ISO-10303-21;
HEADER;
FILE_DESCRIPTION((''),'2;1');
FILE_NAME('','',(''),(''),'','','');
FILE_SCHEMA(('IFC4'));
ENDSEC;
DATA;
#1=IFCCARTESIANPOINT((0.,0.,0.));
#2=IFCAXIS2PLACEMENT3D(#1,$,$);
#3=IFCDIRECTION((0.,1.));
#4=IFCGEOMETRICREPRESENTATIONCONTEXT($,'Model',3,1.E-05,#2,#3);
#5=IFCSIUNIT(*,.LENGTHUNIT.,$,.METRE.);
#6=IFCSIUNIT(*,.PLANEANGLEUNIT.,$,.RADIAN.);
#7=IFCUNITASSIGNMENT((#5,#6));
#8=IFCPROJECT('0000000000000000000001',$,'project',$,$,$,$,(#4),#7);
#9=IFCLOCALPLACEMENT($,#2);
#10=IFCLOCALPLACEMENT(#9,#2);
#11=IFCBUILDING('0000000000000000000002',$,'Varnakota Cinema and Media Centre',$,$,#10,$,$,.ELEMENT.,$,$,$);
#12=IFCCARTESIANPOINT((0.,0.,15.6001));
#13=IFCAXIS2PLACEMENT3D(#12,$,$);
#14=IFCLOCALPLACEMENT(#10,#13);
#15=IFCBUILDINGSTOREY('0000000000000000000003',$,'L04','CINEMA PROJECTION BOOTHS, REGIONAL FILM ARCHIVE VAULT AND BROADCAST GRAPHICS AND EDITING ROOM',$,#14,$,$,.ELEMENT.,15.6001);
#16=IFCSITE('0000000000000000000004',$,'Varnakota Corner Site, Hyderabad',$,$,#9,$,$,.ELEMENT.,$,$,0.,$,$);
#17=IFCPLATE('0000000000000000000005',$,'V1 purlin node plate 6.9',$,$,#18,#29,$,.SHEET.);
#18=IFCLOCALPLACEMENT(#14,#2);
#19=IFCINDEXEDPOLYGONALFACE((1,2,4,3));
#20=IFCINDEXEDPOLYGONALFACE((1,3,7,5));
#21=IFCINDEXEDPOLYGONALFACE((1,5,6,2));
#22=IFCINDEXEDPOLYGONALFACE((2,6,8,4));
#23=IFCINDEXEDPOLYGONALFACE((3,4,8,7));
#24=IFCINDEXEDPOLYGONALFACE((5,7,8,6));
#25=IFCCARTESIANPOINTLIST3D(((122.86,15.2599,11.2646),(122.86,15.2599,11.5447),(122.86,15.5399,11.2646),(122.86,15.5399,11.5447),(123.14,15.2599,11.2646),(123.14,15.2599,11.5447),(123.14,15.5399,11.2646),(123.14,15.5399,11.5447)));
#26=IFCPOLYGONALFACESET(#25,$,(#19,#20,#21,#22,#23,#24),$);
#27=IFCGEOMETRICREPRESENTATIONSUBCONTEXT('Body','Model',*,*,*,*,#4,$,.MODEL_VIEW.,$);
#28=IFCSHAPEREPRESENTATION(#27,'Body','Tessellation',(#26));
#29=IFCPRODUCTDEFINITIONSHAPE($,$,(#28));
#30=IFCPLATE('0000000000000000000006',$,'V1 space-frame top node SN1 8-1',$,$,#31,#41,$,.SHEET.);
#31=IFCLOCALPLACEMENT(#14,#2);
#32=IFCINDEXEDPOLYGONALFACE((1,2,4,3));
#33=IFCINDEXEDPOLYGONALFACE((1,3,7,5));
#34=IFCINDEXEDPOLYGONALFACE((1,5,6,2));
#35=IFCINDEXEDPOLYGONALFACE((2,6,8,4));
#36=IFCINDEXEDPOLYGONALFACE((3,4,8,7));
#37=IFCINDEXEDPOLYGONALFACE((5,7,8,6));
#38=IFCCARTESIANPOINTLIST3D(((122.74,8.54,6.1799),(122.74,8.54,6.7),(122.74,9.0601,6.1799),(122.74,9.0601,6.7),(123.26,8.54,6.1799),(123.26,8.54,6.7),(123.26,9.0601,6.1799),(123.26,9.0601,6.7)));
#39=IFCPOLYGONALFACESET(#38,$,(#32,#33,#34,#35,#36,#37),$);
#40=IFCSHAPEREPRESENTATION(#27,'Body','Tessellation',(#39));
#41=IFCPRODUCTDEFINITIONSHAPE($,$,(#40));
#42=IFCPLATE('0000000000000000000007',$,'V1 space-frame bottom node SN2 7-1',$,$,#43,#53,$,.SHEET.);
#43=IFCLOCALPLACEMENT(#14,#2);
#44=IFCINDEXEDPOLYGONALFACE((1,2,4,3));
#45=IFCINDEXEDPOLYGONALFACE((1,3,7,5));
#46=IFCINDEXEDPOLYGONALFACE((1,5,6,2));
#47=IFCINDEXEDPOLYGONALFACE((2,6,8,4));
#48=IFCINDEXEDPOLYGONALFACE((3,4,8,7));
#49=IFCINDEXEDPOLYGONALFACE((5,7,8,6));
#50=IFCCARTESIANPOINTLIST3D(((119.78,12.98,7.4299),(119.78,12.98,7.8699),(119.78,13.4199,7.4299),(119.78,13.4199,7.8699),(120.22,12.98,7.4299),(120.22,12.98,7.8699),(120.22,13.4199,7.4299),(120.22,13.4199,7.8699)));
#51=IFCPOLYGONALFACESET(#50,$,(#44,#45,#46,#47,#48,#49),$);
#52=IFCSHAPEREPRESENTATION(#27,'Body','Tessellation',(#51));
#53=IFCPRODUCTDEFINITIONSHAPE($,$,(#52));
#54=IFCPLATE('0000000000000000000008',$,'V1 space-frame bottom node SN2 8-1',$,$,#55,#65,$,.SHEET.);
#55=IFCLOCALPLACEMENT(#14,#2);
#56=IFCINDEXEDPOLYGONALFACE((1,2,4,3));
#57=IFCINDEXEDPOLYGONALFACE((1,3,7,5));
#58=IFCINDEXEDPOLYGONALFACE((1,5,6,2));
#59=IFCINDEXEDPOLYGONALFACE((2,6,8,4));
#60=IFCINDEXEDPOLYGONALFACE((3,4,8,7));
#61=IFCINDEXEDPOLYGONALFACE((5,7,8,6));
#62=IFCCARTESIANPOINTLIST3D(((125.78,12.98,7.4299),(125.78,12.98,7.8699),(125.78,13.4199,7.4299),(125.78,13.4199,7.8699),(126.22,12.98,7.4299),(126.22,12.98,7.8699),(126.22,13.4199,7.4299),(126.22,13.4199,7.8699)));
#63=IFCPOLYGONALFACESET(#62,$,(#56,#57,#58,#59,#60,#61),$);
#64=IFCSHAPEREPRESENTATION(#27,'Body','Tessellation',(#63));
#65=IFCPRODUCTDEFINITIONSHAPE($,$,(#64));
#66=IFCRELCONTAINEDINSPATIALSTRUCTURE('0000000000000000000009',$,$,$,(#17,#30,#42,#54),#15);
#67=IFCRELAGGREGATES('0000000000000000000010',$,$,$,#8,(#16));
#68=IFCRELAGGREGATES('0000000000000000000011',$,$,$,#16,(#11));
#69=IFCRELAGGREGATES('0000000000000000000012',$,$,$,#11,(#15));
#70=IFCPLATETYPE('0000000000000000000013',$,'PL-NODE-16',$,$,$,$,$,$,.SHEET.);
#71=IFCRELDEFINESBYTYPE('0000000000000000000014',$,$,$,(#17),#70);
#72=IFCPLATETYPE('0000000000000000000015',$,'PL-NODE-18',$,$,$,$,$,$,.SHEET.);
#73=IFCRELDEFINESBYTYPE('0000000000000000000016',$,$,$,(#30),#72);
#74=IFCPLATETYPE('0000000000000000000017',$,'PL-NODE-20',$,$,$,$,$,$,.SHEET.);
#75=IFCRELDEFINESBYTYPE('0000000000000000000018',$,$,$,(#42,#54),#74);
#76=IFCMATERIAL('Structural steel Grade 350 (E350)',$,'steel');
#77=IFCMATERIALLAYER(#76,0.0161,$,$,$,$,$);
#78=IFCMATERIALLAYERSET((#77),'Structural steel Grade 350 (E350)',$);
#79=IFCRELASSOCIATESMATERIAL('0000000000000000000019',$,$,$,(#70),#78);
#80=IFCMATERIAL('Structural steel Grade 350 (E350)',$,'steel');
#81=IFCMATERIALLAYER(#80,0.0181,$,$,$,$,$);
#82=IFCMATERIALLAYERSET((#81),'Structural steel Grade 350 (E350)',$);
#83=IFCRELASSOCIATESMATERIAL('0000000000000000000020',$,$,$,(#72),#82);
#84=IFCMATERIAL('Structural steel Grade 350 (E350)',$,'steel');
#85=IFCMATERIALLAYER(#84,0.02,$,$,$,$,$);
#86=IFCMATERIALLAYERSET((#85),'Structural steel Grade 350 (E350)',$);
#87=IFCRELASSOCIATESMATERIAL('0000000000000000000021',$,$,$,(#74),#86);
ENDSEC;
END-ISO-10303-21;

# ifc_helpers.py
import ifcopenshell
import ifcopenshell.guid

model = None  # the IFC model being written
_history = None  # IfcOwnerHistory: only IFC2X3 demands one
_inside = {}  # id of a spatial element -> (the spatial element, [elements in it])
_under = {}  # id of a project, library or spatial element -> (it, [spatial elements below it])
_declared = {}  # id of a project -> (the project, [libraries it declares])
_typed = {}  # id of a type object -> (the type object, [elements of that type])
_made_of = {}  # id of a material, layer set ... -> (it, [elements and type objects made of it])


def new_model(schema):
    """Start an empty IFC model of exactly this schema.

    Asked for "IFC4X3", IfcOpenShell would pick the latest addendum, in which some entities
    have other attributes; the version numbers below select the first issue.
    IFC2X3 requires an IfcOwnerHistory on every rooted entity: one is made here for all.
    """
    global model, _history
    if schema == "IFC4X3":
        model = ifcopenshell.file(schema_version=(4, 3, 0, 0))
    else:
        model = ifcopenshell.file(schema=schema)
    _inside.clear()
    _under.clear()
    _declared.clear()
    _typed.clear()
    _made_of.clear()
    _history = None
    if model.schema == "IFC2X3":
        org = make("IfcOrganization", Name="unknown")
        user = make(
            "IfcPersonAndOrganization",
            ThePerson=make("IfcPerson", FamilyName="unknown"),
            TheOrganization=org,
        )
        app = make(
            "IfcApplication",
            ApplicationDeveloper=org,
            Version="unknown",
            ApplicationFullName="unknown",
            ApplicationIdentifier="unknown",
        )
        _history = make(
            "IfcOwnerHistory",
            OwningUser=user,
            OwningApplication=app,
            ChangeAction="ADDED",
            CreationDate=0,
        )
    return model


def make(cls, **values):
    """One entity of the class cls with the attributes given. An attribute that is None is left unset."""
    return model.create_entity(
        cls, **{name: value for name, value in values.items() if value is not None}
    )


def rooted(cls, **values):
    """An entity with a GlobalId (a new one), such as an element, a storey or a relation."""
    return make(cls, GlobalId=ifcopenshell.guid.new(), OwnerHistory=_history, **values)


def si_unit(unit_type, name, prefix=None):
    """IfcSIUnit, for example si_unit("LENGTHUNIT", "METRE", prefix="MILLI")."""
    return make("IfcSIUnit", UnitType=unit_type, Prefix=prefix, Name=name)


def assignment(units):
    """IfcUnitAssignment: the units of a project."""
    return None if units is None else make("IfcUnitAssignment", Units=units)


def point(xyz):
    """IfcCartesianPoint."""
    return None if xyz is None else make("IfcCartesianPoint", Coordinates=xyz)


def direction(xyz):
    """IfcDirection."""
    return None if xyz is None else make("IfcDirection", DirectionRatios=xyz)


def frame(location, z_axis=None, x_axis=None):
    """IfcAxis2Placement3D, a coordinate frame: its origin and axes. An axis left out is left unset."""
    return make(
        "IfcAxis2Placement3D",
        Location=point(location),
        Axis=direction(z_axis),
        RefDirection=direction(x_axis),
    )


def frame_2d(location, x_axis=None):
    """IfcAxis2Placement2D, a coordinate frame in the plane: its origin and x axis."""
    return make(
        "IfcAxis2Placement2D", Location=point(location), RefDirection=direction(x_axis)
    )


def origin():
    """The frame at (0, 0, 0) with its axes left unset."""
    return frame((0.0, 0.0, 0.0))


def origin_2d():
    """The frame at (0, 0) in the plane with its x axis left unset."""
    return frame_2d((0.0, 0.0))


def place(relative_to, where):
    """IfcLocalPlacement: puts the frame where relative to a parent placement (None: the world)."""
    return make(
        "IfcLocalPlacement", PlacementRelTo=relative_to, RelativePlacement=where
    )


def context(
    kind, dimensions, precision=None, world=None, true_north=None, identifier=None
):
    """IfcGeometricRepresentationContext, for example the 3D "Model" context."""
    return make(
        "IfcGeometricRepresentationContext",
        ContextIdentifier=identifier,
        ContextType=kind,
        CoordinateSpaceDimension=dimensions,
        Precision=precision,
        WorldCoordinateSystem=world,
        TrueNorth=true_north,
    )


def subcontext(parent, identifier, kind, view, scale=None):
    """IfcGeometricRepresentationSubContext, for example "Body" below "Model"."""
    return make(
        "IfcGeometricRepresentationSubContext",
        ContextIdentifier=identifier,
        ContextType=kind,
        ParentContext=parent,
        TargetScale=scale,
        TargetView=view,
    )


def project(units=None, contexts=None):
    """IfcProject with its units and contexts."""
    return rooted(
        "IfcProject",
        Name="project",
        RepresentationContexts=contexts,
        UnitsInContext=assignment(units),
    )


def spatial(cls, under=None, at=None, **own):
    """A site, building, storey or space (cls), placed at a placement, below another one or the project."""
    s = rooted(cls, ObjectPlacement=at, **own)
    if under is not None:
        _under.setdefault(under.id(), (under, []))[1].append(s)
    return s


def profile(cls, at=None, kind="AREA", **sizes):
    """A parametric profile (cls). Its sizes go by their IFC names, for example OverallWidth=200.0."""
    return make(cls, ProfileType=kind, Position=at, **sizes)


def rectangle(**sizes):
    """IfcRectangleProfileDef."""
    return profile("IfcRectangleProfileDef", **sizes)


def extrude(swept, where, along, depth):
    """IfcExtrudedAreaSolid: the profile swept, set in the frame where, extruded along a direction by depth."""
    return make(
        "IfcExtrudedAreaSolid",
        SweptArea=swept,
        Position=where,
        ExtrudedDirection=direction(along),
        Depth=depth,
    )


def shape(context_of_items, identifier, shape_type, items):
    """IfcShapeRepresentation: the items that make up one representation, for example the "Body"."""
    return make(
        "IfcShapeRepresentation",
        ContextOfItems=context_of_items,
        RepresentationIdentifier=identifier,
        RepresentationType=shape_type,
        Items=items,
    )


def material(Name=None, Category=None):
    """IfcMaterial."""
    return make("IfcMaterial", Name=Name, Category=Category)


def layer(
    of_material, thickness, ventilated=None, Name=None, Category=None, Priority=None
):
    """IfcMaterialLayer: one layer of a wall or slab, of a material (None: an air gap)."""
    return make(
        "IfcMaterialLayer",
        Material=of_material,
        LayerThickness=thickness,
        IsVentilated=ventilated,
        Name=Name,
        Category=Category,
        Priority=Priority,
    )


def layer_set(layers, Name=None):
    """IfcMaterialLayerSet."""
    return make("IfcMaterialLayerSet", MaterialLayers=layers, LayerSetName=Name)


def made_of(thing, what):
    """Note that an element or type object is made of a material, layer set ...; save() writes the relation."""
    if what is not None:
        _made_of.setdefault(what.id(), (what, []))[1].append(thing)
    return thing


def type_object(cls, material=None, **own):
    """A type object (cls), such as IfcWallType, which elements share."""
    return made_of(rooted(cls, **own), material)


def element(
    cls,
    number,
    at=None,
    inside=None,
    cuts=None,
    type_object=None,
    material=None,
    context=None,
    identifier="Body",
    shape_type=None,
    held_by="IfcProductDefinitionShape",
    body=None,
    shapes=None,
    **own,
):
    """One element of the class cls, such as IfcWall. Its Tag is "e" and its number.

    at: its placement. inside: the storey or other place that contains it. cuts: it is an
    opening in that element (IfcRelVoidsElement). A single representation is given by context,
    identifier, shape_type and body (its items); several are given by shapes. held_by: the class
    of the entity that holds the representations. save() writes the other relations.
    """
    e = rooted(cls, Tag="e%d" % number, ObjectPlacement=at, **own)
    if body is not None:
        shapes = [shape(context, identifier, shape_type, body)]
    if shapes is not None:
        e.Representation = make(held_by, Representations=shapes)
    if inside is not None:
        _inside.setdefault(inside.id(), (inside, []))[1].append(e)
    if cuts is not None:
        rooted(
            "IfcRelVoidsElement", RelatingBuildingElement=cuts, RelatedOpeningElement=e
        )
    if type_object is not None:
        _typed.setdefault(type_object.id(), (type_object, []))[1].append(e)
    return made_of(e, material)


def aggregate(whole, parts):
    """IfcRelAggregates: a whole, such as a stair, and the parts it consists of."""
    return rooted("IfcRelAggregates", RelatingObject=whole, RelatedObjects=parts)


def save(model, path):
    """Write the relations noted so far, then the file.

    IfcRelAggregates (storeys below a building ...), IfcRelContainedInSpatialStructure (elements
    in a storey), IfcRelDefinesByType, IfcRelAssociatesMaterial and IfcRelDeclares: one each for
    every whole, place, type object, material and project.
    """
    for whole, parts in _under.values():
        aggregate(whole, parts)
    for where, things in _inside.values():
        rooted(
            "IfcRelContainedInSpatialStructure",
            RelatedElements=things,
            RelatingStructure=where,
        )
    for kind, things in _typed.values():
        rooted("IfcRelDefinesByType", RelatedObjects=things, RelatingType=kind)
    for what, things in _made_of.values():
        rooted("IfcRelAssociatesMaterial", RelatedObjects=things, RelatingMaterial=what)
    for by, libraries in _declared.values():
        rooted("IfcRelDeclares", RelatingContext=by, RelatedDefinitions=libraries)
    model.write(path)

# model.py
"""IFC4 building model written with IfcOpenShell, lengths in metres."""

from ifc_helpers import new_model, si_unit, direction, frame, origin, origin_2d, place, context, subcontext, project, spatial, rectangle, extrude, material, layer, layer_set, type_object, element, save


model = new_model("IFC4")

# Units and contexts
model_context = context("Model", 3, precision=1e-05, world=origin(), true_north=direction((0.0, 1.0)))
body_context = subcontext(model_context, "Body", "Model", "MODEL_VIEW")
ifc_project = project(units=[si_unit("LENGTHUNIT", "METRE"), si_unit("PLANEANGLEUNIT", "RADIAN")], contexts=[model_context])

# Site, building, storey
site_placement = place(None, origin())
site = spatial("IfcSite", under=ifc_project, at=site_placement, Name="Varnakota Corner Site, Hyderabad", CompositionType="ELEMENT", RefElevation=0.0)
building_placement = place(site_placement, origin())
building = spatial("IfcBuilding", under=site, at=building_placement, Name="Varnakota Cinema and Media Centre", CompositionType="ELEMENT")
storey_placement = place(building_placement, frame((0.0, 0.0, 15.6001)))
storey = spatial("IfcBuildingStorey", under=building, at=storey_placement, Name="L04", Description="CINEMA PROJECTION BOOTHS, REGIONAL FILM ARCHIVE VAULT AND BROADCAST GRAPHICS AND EDITING ROOM", CompositionType="ELEMENT", Elevation=15.6001)

# Plates
ifc_material_1 = material(Name="Structural steel Grade 350 (E350)", Category="steel")
ifc_layer_1 = layer(ifc_material_1, 0.0161)
ifc_layer_set_1 = layer_set([ifc_layer_1], Name="Structural steel Grade 350 (E350)")
plate_type_1 = type_object("IfcPlateType", Name="PL-NODE-16", PredefinedType="SHEET", material=ifc_layer_set_1)
for number, where, z_axis, x_axis, name in (
    (1, (123.0, 15.3999, 11.2646), (0.0, 0.0, 1.0), (1.0, 0.0, 0.0), "V1 purlin node plate 6.9"),
):
    element("IfcPlate", number, at=place(storey_placement, frame(where, z_axis=z_axis, x_axis=x_axis)), inside=storey, type_object=plate_type_1, Name=name, PredefinedType="SHEET", context=body_context, shape_type="SweptSolid", body=[
        extrude(rectangle(XDim=0.28, YDim=0.28, at=origin_2d()), origin(), (0.0, 0.0, 1.0), 0.28),
    ])
ifc_material_2 = material(Name="Structural steel Grade 350 (E350)", Category="steel")
ifc_layer_2 = layer(ifc_material_2, 0.0181)
ifc_layer_set_2 = layer_set([ifc_layer_2], Name="Structural steel Grade 350 (E350)")
plate_type_2 = type_object("IfcPlateType", Name="PL-NODE-18", PredefinedType="SHEET", material=ifc_layer_set_2)
plate_placement = place(storey_placement, frame((123.0, 8.8, 6.1799), z_axis=(0.0, 0.0, 1.0), x_axis=(1.0, 0.0, 0.0)))
element("IfcPlate", 2, at=plate_placement, inside=storey, type_object=plate_type_2, Name="V1 space-frame top node SN1 8-1", PredefinedType="SHEET", context=body_context, shape_type="SweptSolid", body=[
    extrude(rectangle(XDim=0.52, YDim=0.52, at=origin_2d()), origin(), (0.0, 0.0, 1.0), 0.52),
])
ifc_material_3 = material(Name="Structural steel Grade 350 (E350)", Category="steel")
ifc_layer_3 = layer(ifc_material_3, 0.02)
ifc_layer_set_3 = layer_set([ifc_layer_3], Name="Structural steel Grade 350 (E350)")
plate_type_3 = type_object("IfcPlateType", Name="PL-NODE-20", PredefinedType="SHEET", material=ifc_layer_set_3)
for number, where, z_axis, x_axis, name in (
    (3, (120.0, 13.2, 7.4299), (0.0, 0.0, 1.0), (1.0, 0.0, 0.0), "V1 space-frame bottom node SN2 7-1"),
    (4, (126.0, 13.2, 7.4299), (0.0, 0.0, 1.0), (1.0, 0.0, 0.0), "V1 space-frame bottom node SN2 8-1"),
):
    element("IfcPlate", number, at=place(storey_placement, frame(where, z_axis=z_axis, x_axis=x_axis)), inside=storey, type_object=plate_type_3, Name=name, PredefinedType="SHEET", context=body_context, shape_type="SweptSolid", body=[
        extrude(rectangle(XDim=0.4399, YDim=0.4399, at=origin_2d()), origin(), (0.0, 0.0, 1.0), 0.4399),
    ])

save(model, "model.ifc")
